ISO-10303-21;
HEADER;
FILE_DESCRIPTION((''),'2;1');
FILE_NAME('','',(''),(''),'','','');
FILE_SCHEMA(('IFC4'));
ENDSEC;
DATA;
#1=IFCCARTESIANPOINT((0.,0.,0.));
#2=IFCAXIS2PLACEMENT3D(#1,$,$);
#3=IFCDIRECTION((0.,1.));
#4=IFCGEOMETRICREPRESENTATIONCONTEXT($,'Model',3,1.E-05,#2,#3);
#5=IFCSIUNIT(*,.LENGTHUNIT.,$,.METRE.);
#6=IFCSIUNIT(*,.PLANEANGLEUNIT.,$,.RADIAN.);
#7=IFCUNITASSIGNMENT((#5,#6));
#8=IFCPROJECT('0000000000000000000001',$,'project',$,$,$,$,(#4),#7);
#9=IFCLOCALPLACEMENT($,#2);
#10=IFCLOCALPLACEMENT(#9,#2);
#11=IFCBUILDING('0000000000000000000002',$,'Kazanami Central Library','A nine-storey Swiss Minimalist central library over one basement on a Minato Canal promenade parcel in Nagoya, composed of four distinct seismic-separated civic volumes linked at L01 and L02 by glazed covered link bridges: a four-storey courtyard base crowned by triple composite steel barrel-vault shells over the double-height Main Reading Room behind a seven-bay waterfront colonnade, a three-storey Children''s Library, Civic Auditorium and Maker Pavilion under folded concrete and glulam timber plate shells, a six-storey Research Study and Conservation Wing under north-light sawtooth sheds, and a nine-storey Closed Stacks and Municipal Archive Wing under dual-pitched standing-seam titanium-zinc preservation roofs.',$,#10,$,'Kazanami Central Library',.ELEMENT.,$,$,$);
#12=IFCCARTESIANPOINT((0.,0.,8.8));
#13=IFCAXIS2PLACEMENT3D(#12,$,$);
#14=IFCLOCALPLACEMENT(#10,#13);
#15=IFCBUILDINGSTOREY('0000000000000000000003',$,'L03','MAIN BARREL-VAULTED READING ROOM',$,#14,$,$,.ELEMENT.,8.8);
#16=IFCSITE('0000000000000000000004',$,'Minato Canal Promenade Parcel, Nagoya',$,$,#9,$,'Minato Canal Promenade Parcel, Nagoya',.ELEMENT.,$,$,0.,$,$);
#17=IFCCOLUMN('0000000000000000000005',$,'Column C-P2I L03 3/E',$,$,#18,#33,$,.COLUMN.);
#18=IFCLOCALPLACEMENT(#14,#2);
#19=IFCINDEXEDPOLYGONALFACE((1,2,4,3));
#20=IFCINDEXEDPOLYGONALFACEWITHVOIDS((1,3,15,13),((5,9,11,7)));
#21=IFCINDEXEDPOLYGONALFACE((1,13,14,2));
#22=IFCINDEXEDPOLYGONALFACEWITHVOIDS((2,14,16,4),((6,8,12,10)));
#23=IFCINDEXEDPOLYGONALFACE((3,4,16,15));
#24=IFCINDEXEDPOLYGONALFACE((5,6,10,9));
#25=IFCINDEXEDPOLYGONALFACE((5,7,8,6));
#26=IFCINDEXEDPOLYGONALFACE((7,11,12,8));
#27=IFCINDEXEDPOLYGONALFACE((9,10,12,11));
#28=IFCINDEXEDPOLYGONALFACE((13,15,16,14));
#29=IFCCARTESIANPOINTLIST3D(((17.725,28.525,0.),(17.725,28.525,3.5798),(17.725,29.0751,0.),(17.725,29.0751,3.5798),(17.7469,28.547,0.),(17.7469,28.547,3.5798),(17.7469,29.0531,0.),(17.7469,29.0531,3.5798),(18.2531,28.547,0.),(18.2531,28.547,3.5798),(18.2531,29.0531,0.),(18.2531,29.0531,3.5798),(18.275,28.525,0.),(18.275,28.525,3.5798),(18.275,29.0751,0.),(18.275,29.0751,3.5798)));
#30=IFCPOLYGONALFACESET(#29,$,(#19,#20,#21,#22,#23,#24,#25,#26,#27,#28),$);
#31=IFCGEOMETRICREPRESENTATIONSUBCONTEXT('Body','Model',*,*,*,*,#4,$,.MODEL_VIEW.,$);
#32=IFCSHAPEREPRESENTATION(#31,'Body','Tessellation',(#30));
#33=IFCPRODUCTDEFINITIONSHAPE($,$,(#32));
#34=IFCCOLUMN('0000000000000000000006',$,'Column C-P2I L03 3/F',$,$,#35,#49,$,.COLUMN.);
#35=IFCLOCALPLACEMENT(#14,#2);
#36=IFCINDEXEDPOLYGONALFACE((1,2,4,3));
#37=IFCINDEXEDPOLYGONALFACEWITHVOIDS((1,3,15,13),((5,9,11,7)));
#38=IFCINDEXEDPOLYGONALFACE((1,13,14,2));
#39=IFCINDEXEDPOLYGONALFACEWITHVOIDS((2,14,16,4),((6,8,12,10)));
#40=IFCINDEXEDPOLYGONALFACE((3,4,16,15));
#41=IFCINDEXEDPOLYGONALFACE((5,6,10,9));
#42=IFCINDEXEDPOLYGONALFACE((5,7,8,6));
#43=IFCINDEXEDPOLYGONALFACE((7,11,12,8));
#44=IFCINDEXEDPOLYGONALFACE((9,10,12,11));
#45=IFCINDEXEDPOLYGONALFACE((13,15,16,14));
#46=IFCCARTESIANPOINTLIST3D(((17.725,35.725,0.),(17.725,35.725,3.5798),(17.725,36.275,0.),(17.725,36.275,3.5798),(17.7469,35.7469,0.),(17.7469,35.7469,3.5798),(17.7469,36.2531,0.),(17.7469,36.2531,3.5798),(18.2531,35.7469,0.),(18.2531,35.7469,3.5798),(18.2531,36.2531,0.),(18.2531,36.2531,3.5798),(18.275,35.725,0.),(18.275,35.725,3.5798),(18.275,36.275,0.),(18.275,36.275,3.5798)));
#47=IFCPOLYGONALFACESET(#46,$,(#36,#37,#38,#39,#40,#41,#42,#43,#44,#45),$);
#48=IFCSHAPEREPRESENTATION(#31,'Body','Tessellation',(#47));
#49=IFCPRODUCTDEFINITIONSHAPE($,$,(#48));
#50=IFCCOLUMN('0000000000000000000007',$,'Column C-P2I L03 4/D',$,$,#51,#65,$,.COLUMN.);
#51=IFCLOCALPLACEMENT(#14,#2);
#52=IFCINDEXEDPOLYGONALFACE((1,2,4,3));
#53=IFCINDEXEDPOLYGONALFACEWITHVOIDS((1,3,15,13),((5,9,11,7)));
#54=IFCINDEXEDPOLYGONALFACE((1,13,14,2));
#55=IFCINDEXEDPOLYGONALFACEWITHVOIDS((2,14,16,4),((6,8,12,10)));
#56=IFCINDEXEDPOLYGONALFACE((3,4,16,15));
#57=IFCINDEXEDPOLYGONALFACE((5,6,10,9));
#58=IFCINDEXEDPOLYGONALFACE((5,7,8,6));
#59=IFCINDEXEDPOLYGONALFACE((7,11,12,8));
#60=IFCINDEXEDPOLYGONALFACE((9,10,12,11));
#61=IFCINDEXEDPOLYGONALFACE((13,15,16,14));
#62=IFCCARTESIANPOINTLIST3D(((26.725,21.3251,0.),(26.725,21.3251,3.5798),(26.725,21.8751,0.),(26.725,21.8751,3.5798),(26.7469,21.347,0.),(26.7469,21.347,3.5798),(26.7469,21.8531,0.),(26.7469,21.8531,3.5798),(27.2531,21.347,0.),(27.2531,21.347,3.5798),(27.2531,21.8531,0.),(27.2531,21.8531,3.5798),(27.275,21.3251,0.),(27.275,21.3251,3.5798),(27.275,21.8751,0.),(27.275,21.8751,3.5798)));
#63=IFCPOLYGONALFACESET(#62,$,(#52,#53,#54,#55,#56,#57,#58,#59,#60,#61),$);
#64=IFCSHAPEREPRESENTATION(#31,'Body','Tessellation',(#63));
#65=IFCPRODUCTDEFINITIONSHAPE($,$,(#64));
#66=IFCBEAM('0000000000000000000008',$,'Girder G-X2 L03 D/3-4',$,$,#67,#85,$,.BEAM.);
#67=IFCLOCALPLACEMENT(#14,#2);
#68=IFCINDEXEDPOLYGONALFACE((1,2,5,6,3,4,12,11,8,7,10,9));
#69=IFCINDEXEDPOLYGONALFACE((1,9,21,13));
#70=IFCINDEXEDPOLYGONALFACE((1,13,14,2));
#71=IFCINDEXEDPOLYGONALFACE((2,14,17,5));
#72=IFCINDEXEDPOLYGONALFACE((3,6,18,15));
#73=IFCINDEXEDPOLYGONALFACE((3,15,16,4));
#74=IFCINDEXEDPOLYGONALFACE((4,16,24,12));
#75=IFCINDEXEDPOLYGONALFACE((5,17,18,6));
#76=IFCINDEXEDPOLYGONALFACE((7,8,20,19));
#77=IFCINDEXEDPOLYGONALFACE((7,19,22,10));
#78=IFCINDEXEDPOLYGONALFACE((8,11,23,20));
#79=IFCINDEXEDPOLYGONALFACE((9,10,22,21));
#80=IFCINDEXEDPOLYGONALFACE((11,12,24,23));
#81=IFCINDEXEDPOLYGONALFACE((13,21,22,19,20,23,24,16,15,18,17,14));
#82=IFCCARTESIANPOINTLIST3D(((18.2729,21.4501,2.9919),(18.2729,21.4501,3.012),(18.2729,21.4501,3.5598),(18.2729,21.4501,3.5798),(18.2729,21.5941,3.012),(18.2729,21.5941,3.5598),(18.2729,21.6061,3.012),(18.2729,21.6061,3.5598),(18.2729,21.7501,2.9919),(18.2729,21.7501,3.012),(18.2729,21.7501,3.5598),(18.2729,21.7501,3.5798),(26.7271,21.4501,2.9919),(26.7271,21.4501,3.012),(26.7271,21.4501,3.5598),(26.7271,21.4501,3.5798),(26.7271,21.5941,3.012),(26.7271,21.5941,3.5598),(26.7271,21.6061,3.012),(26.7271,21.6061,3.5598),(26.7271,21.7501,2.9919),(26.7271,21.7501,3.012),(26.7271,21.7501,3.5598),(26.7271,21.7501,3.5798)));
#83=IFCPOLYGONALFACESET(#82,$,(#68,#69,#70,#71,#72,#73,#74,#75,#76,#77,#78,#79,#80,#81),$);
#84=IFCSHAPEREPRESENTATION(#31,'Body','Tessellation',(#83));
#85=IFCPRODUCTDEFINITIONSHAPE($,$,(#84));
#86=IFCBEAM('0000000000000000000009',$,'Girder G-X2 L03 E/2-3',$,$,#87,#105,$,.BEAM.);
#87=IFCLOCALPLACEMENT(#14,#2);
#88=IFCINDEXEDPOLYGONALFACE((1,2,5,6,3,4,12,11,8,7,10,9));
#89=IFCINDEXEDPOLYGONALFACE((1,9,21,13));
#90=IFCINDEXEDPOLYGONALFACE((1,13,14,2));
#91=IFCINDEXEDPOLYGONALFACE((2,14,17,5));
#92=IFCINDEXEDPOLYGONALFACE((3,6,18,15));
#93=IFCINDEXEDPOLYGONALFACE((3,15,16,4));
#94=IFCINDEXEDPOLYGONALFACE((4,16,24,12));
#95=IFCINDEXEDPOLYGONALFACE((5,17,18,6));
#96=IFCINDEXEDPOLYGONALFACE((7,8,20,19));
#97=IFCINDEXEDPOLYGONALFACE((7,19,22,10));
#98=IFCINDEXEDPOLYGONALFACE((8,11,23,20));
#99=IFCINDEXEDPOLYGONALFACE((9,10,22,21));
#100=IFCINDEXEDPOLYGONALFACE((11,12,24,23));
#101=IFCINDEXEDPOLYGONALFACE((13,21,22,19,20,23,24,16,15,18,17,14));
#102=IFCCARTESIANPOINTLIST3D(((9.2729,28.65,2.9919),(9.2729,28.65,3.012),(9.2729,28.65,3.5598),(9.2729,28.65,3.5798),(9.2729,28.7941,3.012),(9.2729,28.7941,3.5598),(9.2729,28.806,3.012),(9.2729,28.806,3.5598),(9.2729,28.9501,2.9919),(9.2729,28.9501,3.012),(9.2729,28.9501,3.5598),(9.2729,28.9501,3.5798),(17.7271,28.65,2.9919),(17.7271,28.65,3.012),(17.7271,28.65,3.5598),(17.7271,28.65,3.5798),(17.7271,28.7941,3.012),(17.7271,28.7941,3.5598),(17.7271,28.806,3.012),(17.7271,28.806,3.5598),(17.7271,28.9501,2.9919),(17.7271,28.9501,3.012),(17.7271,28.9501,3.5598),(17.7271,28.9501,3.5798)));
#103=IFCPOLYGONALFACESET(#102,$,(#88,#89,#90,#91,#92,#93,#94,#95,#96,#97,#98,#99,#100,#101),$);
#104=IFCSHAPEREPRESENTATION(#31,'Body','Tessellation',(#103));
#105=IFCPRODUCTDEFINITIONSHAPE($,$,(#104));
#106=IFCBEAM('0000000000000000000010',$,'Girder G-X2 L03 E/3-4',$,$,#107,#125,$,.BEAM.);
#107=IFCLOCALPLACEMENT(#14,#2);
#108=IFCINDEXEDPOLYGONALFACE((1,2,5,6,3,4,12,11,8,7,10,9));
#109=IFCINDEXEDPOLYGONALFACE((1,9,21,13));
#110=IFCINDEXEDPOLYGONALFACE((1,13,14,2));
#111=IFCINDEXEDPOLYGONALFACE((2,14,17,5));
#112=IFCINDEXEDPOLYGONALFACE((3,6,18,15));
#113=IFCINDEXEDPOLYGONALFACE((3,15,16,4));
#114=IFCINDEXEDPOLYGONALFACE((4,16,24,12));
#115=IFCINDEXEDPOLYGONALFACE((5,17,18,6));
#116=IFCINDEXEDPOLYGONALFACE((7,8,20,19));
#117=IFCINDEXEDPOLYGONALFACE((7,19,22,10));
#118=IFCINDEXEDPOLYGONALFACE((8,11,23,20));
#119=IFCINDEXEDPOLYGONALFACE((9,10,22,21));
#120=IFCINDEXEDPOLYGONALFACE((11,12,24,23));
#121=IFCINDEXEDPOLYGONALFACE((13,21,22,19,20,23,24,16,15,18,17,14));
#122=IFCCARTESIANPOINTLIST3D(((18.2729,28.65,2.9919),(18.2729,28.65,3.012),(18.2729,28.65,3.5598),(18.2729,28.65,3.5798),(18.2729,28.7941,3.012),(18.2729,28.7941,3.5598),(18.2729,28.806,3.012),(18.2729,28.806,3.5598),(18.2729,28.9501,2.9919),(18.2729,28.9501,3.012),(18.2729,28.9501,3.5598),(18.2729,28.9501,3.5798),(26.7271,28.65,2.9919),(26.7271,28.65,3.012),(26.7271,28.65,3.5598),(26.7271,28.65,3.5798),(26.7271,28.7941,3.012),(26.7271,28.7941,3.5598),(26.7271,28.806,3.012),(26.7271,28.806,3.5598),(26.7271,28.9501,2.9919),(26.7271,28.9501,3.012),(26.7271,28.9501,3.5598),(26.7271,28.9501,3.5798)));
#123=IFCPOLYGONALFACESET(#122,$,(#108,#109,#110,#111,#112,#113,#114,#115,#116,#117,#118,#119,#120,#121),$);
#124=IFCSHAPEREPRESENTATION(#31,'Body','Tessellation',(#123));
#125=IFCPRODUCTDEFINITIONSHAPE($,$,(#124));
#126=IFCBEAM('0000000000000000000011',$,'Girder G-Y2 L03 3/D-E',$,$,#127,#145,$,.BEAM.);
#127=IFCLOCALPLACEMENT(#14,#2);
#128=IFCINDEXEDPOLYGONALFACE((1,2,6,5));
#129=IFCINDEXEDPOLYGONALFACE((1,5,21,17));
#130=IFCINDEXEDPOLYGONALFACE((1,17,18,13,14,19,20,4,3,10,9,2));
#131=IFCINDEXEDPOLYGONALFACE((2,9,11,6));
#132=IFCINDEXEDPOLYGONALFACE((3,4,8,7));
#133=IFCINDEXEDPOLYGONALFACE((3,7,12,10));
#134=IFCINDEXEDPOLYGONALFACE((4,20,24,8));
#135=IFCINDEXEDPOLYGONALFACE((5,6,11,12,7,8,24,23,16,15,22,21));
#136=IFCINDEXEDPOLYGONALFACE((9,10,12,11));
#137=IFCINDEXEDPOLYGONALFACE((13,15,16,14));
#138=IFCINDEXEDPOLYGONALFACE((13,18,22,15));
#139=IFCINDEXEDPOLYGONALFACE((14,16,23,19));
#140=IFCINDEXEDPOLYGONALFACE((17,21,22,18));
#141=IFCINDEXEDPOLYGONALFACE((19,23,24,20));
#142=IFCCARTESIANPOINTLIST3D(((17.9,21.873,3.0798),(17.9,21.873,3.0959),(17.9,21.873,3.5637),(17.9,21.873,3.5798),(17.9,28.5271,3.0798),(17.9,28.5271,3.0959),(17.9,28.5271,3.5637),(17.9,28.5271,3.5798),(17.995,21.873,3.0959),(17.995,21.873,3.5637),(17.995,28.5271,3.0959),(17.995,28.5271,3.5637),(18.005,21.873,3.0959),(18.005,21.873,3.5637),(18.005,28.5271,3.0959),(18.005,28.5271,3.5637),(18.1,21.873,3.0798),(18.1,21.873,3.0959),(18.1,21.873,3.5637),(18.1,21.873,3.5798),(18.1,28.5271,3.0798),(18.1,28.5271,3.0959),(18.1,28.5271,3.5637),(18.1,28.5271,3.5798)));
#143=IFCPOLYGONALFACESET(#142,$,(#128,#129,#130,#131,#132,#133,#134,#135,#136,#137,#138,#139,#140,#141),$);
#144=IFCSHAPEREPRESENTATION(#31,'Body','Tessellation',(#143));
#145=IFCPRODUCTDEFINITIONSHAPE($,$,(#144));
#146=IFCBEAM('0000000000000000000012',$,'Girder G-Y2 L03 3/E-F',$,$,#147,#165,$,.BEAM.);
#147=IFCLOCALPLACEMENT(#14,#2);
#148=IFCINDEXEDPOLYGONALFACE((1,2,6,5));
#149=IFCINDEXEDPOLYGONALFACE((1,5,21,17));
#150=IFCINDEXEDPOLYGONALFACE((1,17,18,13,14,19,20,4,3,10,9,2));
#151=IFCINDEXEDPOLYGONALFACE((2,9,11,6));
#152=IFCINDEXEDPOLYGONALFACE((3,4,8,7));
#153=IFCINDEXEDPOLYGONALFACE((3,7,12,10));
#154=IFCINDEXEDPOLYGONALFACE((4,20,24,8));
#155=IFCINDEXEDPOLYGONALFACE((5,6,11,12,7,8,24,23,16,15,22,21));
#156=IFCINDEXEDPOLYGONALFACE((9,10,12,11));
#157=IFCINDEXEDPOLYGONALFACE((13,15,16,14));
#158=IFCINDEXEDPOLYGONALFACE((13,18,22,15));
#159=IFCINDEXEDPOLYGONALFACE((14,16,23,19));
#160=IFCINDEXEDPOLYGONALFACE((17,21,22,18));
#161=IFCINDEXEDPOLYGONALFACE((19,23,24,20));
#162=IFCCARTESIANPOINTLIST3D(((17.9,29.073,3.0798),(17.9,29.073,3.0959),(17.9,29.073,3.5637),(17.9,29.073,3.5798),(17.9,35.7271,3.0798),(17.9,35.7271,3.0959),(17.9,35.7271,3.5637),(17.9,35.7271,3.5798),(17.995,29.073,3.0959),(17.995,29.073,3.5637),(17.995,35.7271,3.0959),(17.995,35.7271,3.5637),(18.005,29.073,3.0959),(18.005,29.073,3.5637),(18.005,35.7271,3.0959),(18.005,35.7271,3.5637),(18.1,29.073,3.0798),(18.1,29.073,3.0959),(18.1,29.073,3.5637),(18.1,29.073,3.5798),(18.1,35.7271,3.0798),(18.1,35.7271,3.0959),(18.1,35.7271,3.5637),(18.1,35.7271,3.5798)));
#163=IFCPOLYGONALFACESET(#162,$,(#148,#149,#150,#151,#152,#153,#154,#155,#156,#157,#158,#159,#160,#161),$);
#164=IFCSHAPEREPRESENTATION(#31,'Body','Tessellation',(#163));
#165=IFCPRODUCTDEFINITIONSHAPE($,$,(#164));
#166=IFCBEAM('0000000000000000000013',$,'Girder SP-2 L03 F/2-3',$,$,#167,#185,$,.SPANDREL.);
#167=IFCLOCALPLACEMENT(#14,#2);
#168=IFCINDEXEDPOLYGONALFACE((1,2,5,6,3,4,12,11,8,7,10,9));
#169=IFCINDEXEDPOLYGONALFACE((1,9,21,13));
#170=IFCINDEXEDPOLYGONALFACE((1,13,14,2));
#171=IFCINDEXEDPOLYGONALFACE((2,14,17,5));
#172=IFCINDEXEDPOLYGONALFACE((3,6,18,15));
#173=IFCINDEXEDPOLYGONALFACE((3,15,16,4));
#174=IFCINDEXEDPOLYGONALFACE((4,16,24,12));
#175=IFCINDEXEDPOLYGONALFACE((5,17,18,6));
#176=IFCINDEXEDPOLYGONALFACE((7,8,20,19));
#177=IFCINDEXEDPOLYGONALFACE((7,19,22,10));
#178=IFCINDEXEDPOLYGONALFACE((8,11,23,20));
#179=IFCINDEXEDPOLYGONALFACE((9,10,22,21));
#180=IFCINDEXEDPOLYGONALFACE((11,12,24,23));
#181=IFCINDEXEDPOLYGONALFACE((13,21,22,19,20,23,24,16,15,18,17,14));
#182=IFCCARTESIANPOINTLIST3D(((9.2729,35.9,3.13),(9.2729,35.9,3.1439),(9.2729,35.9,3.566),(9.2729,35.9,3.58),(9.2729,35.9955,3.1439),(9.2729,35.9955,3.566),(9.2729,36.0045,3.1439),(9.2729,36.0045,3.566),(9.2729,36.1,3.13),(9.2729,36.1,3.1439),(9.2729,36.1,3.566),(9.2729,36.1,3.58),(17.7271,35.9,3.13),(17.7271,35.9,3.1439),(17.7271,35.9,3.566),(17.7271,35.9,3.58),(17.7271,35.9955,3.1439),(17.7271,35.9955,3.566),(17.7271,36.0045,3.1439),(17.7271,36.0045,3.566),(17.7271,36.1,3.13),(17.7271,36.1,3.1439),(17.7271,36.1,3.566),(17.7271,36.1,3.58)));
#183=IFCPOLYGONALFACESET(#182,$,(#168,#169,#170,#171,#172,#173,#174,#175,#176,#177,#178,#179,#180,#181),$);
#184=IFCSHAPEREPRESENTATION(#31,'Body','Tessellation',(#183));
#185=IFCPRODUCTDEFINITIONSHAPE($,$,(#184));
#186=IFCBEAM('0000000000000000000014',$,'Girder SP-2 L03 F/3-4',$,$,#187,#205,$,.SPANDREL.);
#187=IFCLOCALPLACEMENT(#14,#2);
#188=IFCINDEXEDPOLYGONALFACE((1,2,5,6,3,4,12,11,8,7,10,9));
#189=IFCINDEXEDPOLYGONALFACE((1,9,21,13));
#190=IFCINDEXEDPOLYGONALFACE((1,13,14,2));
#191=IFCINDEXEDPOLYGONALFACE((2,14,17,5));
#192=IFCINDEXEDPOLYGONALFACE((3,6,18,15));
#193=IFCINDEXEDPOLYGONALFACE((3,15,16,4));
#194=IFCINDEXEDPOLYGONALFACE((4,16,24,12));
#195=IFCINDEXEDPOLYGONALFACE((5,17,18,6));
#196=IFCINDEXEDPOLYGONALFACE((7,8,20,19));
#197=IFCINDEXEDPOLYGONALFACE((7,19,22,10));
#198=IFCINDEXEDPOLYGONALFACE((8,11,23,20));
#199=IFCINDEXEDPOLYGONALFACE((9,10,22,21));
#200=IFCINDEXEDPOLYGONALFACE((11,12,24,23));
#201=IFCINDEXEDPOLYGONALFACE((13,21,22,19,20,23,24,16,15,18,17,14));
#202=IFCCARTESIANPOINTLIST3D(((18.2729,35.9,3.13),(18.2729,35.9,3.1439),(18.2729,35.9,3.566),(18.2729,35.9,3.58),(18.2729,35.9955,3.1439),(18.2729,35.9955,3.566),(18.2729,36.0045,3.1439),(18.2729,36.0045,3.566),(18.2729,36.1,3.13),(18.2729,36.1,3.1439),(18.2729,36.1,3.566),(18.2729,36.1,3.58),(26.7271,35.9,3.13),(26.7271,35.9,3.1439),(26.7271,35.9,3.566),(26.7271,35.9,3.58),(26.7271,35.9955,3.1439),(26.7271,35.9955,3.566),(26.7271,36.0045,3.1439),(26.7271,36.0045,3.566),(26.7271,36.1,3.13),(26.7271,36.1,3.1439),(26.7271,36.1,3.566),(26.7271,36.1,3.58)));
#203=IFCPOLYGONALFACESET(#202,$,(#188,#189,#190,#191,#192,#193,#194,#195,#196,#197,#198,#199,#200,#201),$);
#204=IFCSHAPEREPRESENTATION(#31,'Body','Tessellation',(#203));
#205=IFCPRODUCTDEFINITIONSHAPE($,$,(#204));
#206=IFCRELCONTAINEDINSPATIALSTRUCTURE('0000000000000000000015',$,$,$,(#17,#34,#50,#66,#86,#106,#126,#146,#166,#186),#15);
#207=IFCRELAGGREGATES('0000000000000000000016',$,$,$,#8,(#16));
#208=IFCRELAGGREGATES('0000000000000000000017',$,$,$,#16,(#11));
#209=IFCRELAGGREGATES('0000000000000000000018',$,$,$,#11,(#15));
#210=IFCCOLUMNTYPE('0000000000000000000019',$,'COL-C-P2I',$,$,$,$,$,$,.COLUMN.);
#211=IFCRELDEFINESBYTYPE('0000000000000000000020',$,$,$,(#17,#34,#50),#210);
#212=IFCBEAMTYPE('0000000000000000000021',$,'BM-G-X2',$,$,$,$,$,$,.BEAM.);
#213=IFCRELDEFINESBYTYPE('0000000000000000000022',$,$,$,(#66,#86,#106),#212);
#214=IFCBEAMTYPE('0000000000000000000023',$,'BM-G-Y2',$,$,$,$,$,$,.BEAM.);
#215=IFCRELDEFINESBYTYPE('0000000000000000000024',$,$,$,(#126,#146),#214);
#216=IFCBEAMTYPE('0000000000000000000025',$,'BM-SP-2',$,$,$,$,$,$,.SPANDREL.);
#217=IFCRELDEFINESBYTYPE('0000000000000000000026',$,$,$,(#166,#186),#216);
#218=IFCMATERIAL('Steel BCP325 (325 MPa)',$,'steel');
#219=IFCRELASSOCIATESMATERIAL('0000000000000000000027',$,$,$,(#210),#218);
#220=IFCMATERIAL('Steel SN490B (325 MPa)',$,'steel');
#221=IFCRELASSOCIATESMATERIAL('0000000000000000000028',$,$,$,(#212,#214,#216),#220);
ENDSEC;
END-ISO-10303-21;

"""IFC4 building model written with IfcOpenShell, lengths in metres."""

from ifc_helpers import new_model, si_unit, direction, frame, origin, origin_2d, place, context, subcontext, project, spatial, hollow_rectangle, i_section, extrude, material, material_profile, profile_set, type_object, element, save


model = new_model("IFC4")

# Units and contexts
model_context = context("Model", 3, precision=1e-05, world=origin(), true_north=direction((0.0, 1.0)))
body_context = subcontext(model_context, "Body", "Model", "MODEL_VIEW")
ifc_project = project(units=[si_unit("LENGTHUNIT", "METRE"), si_unit("PLANEANGLEUNIT", "RADIAN")], contexts=[model_context])

# Site, building, storey
site_placement = place(None, origin())
site = spatial("IfcSite", under=ifc_project, at=site_placement, Name="Minato Canal Promenade Parcel, Nagoya", LongName="Minato Canal Promenade Parcel, Nagoya", CompositionType="ELEMENT", RefElevation=0.0)
building_placement = place(site_placement, origin())
building = spatial("IfcBuilding", under=site, at=building_placement, Name="Kazanami Central Library", Description="A nine-storey Swiss Minimalist central library over one basement on a Minato Canal promenade parcel in Nagoya, composed of four distinct seismic-separated civic volumes linked at L01 and L02 by glazed covered link bridges: a four-storey courtyard base crowned by triple composite steel barrel-vault shells over the double-height Main Reading Room behind a seven-bay waterfront colonnade, a three-storey Children's Library, Civic Auditorium and Maker Pavilion under folded concrete and glulam timber plate shells, a six-storey Research Study and Conservation Wing under north-light sawtooth sheds, and a nine-storey Closed Stacks and Municipal Archive Wing under dual-pitched standing-seam titanium-zinc preservation roofs.", LongName="Kazanami Central Library", CompositionType="ELEMENT")
storey_placement = place(building_placement, frame((0.0, 0.0, 8.8)))
storey = spatial("IfcBuildingStorey", under=building, at=storey_placement, Name="L03", Description="MAIN BARREL-VAULTED READING ROOM", CompositionType="ELEMENT", Elevation=8.8)

# Columns
ifc_material_1 = material(Name="Steel BCP325 (325 MPa)", Category="steel")
ifc_material_profile_1 = material_profile(ifc_material_1, hollow_rectangle(XDim=0.55, YDim=0.55, WallThickness=0.022, at=origin_2d()), Name="BCP-550x550x22")
ifc_profile_set_1 = profile_set([ifc_material_profile_1], Name="Steel BCP325 (325 MPa)")
column_type = type_object("IfcColumnType", Name="COL-C-P2I", PredefinedType="COLUMN", material=ifc_profile_set_1)
for number, where, z_axis, x_axis, name in (
    (1, (18.0, 28.8, 0.0), (0.0, 0.0, 1.0), (1.0, 0.0, 0.0), "Column C-P2I L03 3/E"),
    (2, (18.0, 36.0, 0.0), (0.0, 0.0, 1.0), (1.0, 0.0, 0.0), "Column C-P2I L03 3/F"),
    (3, (27.0, 21.6001, 0.0), (0.0, 0.0, 1.0), (1.0, 0.0, 0.0), "Column C-P2I L03 4/D"),
):
    element("IfcColumn", number, at=place(storey_placement, frame(where, z_axis=z_axis, x_axis=x_axis)), inside=storey, type_object=column_type, Name=name, PredefinedType="COLUMN", context=body_context, shape_type="SweptSolid", body=[
        extrude(hollow_rectangle(XDim=0.55, YDim=0.55, WallThickness=0.022, at=origin_2d()), origin(), (0.0, 0.0, 1.0), 3.5798),
    ])

# Beams
ifc_material_2 = material(Name="Steel SN490B (325 MPa)", Category="steel")
ifc_material_profile_2 = material_profile(ifc_material_2, i_section(OverallWidth=0.3, OverallDepth=0.5879, WebThickness=0.012, FlangeThickness=0.02, at=origin_2d()), Name="H-588x300x12x20")
ifc_profile_set_2 = profile_set([ifc_material_profile_2], Name="Steel SN490B (325 MPa)")
beam_type_1 = type_object("IfcBeamType", Name="BM-G-X2", PredefinedType="BEAM", material=ifc_profile_set_2)
for number, where, z_axis, x_axis, name in (
    (4, (18.2729, 21.6001, 3.2859), (1.0, 0.0, 0.0), (0.0, 1.0, 0.0), "Girder G-X2 L03 D/3-4"),
    (5, (9.2729, 28.8, 3.2859), (1.0, 0.0, 0.0), (0.0, 1.0, 0.0), "Girder G-X2 L03 E/2-3"),
    (6, (18.2729, 28.8, 3.2859), (1.0, 0.0, 0.0), (0.0, 1.0, 0.0), "Girder G-X2 L03 E/3-4"),
):
    element("IfcBeam", number, at=place(storey_placement, frame(where, z_axis=z_axis, x_axis=x_axis)), inside=storey, type_object=beam_type_1, Name=name, PredefinedType="BEAM", context=body_context, shape_type="SweptSolid", body=[
        extrude(i_section(OverallWidth=0.3, OverallDepth=0.5879, WebThickness=0.012, FlangeThickness=0.02, at=origin_2d()), origin(), (0.0, 0.0, 1.0), 8.4541),
    ])
ifc_material_profile_3 = material_profile(ifc_material_2, i_section(OverallWidth=0.2, OverallDepth=0.5, WebThickness=0.01, FlangeThickness=0.0161, at=origin_2d()), Name="H-500x200x10x16")
ifc_profile_set_3 = profile_set([ifc_material_profile_3], Name="Steel SN490B (325 MPa)")
beam_type_2 = type_object("IfcBeamType", Name="BM-G-Y2", PredefinedType="BEAM", material=ifc_profile_set_3)
for number, where, z_axis, x_axis, name in (
    (7, (18.0, 21.873, 3.3298), (0.0, 1.0, 0.0), (-1.0, 0.0, 0.0), "Girder G-Y2 L03 3/D-E"),
    (8, (18.0, 29.073, 3.3298), (0.0, 1.0, 0.0), (-1.0, 0.0, 0.0), "Girder G-Y2 L03 3/E-F"),
):
    element("IfcBeam", number, at=place(storey_placement, frame(where, z_axis=z_axis, x_axis=x_axis)), inside=storey, type_object=beam_type_2, Name=name, PredefinedType="BEAM", context=body_context, shape_type="SweptSolid", body=[
        extrude(i_section(OverallWidth=0.2, OverallDepth=0.5, WebThickness=0.01, FlangeThickness=0.0161, at=origin_2d()), origin(), (0.0, 0.0, 1.0), 6.6541),
    ])
ifc_material_profile_4 = material_profile(ifc_material_2, i_section(OverallWidth=0.2, OverallDepth=0.45, WebThickness=0.009, FlangeThickness=0.0139, at=origin_2d()), Name="H-450x200x9x14")
ifc_profile_set_4 = profile_set([ifc_material_profile_4], Name="Steel SN490B (325 MPa)")
beam_type_3 = type_object("IfcBeamType", Name="BM-SP-2", PredefinedType="SPANDREL", material=ifc_profile_set_4)
for number, where, z_axis, x_axis, name in (
    (9, (9.2729, 36.0, 3.355), (1.0, 0.0, 0.0), (0.0, 1.0, 0.0), "Girder SP-2 L03 F/2-3"),
    (10, (18.2729, 36.0, 3.355), (1.0, 0.0, 0.0), (0.0, 1.0, 0.0), "Girder SP-2 L03 F/3-4"),
):
    element("IfcBeam", number, at=place(storey_placement, frame(where, z_axis=z_axis, x_axis=x_axis)), inside=storey, type_object=beam_type_3, Name=name, PredefinedType="SPANDREL", context=body_context, shape_type="SweptSolid", body=[
        extrude(i_section(OverallWidth=0.2, OverallDepth=0.45, WebThickness=0.009, FlangeThickness=0.0139, at=origin_2d()), origin(), (0.0, 0.0, 1.0), 8.4541),
    ])

save(model, "model.ifc")
